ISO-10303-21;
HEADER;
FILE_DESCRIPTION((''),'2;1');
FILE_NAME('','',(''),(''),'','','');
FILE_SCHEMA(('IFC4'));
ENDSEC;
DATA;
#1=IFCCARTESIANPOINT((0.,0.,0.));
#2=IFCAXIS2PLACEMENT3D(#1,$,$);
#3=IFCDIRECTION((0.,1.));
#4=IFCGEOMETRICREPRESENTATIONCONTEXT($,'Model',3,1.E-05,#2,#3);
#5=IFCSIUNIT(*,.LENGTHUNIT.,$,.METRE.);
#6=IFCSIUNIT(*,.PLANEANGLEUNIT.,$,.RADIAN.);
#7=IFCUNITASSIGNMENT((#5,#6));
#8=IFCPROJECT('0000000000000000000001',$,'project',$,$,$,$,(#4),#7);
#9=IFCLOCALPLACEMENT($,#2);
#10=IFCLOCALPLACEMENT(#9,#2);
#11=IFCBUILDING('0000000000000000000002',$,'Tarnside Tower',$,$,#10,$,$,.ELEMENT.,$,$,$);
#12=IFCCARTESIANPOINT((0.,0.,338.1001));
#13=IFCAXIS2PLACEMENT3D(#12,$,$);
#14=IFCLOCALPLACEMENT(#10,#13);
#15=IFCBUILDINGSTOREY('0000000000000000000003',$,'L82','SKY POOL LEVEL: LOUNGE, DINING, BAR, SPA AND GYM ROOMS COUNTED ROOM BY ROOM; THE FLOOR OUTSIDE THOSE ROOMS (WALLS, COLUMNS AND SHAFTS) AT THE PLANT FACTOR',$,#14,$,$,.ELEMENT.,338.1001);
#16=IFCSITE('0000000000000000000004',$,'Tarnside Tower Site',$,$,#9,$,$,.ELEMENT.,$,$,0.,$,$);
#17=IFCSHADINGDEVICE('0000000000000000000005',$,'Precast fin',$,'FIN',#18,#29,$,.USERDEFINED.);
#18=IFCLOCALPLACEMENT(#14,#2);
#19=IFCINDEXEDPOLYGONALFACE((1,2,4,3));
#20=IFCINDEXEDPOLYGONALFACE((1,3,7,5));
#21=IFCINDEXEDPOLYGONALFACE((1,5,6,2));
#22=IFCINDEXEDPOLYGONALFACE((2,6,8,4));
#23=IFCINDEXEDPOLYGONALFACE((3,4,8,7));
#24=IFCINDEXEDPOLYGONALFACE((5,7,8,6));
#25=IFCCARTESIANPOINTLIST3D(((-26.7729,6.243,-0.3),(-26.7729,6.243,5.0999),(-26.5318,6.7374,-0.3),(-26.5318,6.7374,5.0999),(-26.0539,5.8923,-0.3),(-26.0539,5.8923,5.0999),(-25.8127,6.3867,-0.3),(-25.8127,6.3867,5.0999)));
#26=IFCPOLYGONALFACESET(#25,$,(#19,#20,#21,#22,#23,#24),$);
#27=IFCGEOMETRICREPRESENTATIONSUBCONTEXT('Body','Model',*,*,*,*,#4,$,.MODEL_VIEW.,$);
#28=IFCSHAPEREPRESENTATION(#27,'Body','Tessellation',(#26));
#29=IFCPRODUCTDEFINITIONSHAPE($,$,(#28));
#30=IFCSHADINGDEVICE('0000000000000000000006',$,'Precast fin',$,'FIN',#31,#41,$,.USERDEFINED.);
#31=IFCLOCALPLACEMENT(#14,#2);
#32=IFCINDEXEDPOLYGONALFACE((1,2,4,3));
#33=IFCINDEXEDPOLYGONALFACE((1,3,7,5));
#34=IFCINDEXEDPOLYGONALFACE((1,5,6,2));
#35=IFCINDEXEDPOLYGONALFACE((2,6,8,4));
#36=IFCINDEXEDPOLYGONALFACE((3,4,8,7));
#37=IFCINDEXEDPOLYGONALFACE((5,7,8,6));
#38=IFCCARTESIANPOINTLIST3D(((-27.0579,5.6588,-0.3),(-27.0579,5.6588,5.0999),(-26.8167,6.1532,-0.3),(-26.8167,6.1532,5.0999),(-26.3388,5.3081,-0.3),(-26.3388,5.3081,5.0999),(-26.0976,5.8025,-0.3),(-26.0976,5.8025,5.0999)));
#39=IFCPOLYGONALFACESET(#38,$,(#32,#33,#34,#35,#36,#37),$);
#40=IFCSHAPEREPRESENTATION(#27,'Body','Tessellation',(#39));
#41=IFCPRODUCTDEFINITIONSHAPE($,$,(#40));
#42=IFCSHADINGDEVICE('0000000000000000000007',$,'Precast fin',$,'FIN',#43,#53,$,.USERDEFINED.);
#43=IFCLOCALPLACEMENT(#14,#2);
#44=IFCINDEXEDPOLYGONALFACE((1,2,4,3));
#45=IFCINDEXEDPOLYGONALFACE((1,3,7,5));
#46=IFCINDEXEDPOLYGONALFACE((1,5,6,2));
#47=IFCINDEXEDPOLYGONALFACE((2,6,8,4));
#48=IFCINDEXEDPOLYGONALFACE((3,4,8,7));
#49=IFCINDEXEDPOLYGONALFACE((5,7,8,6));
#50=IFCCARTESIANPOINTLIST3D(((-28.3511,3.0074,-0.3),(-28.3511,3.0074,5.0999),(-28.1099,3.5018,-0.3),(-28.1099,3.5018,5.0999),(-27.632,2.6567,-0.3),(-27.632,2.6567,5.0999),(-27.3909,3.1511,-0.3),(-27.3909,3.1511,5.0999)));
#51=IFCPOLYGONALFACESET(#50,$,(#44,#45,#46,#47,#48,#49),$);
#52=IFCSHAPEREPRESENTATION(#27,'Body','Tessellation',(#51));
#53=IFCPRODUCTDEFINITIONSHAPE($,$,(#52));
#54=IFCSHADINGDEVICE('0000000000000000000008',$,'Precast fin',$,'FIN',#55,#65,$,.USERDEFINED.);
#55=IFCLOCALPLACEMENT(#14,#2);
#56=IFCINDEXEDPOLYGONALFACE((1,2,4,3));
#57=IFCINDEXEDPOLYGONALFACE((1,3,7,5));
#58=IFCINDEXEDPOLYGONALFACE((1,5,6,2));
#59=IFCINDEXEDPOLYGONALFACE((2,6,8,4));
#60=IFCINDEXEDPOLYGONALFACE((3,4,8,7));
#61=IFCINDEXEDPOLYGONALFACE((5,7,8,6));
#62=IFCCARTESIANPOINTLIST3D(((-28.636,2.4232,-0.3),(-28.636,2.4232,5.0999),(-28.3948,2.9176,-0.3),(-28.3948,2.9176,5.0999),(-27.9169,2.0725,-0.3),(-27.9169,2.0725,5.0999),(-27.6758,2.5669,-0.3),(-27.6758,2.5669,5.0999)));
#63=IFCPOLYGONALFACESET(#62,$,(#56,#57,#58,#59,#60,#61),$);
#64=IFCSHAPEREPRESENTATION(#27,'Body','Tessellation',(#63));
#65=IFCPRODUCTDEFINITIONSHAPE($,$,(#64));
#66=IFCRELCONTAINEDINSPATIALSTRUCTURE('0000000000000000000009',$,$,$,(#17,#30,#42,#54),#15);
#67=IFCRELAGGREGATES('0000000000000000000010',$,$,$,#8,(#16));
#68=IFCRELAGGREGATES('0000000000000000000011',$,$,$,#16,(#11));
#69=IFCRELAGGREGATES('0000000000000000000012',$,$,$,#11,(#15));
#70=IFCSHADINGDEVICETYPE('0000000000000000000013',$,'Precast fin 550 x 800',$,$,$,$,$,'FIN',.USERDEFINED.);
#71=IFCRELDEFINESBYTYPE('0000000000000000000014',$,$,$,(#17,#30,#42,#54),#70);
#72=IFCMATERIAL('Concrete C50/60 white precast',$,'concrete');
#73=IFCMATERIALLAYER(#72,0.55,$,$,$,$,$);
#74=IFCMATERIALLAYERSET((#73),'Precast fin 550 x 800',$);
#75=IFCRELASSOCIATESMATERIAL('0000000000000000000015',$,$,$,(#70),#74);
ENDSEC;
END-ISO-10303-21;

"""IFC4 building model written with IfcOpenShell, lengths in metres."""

from ifc_helpers import new_model, si_unit, direction, frame, origin, place, context, subcontext, project, spatial, polyline, outline, extrude, material, layer, layer_set, type_object, element, save


model = new_model("IFC4")

# Units and contexts
model_context = context("Model", 3, precision=1e-05, world=origin(), true_north=direction((0.0, 1.0)))
body_context = subcontext(model_context, "Body", "Model", "MODEL_VIEW")
ifc_project = project(units=[si_unit("LENGTHUNIT", "METRE"), si_unit("PLANEANGLEUNIT", "RADIAN")], contexts=[model_context])

# Site, building, storey
site_placement = place(None, origin())
site = spatial("IfcSite", under=ifc_project, at=site_placement, Name="Tarnside Tower Site", CompositionType="ELEMENT", RefElevation=0.0)
building_placement = place(site_placement, origin())
building = spatial("IfcBuilding", under=site, at=building_placement, Name="Tarnside Tower", CompositionType="ELEMENT")
storey_placement = place(building_placement, frame((0.0, 0.0, 338.1001)))
storey = spatial("IfcBuildingStorey", under=building, at=storey_placement, Name="L82", Description="SKY POOL LEVEL: LOUNGE, DINING, BAR, SPA AND GYM ROOMS COUNTED ROOM BY ROOM; THE FLOOR OUTSIDE THOSE ROOMS (WALLS, COLUMNS AND SHAFTS) AT THE PLANT FACTOR", CompositionType="ELEMENT", Elevation=338.1001)

# Shading devices
ifc_material_1 = material(Name="Concrete C50/60 white precast", Category="concrete")
ifc_layer_1 = layer(ifc_material_1, 0.55)
ifc_layer_set_1 = layer_set([ifc_layer_1], Name="Precast fin 550 x 800")
shading_device_type_1 = type_object("IfcShadingDeviceType", Name="Precast fin 550 x 800", ElementType="FIN", PredefinedType="USERDEFINED", material=ifc_layer_set_1)
for number, where, z_axis, x_axis, name in (
    (1, (-25.9333, 6.1394, -0.3), (0.438371, 0.898794, 0.0), (-0.898794, 0.438371, 0.0), "Precast fin"),
    (2, (-26.2183, 5.5552, -0.3), (0.438371, 0.898794, 0.0), (-0.898794, 0.438371, 0.0), "Precast fin"),
    (3, (-27.5115, 2.9038, -0.3), (0.438371, 0.898794, 0.0), (-0.898794, 0.438371, 0.0), "Precast fin"),
    (4, (-27.7964, 2.3196, -0.3), (0.438371, 0.898794, 0.0), (-0.898794, 0.438371, 0.0), "Precast fin"),
):
    element("IfcShadingDevice", number, at=place(storey_placement, frame(where, z_axis=z_axis, x_axis=x_axis)), inside=storey, type_object=shading_device_type_1, Name=name, ObjectType="FIN", PredefinedType="USERDEFINED", context=body_context, shape_type="SweptSolid", body=[
        extrude(outline(polyline([(0.0, 0.0), (0.8, 0.0), (0.8, 5.3999), (0.0, 5.3999), (0.0, 0.0)])), frame((0.0, 0.0, -0.2749)), (0.0, 0.0, 1.0), 0.55),
    ])

save(model, "model.ifc")
